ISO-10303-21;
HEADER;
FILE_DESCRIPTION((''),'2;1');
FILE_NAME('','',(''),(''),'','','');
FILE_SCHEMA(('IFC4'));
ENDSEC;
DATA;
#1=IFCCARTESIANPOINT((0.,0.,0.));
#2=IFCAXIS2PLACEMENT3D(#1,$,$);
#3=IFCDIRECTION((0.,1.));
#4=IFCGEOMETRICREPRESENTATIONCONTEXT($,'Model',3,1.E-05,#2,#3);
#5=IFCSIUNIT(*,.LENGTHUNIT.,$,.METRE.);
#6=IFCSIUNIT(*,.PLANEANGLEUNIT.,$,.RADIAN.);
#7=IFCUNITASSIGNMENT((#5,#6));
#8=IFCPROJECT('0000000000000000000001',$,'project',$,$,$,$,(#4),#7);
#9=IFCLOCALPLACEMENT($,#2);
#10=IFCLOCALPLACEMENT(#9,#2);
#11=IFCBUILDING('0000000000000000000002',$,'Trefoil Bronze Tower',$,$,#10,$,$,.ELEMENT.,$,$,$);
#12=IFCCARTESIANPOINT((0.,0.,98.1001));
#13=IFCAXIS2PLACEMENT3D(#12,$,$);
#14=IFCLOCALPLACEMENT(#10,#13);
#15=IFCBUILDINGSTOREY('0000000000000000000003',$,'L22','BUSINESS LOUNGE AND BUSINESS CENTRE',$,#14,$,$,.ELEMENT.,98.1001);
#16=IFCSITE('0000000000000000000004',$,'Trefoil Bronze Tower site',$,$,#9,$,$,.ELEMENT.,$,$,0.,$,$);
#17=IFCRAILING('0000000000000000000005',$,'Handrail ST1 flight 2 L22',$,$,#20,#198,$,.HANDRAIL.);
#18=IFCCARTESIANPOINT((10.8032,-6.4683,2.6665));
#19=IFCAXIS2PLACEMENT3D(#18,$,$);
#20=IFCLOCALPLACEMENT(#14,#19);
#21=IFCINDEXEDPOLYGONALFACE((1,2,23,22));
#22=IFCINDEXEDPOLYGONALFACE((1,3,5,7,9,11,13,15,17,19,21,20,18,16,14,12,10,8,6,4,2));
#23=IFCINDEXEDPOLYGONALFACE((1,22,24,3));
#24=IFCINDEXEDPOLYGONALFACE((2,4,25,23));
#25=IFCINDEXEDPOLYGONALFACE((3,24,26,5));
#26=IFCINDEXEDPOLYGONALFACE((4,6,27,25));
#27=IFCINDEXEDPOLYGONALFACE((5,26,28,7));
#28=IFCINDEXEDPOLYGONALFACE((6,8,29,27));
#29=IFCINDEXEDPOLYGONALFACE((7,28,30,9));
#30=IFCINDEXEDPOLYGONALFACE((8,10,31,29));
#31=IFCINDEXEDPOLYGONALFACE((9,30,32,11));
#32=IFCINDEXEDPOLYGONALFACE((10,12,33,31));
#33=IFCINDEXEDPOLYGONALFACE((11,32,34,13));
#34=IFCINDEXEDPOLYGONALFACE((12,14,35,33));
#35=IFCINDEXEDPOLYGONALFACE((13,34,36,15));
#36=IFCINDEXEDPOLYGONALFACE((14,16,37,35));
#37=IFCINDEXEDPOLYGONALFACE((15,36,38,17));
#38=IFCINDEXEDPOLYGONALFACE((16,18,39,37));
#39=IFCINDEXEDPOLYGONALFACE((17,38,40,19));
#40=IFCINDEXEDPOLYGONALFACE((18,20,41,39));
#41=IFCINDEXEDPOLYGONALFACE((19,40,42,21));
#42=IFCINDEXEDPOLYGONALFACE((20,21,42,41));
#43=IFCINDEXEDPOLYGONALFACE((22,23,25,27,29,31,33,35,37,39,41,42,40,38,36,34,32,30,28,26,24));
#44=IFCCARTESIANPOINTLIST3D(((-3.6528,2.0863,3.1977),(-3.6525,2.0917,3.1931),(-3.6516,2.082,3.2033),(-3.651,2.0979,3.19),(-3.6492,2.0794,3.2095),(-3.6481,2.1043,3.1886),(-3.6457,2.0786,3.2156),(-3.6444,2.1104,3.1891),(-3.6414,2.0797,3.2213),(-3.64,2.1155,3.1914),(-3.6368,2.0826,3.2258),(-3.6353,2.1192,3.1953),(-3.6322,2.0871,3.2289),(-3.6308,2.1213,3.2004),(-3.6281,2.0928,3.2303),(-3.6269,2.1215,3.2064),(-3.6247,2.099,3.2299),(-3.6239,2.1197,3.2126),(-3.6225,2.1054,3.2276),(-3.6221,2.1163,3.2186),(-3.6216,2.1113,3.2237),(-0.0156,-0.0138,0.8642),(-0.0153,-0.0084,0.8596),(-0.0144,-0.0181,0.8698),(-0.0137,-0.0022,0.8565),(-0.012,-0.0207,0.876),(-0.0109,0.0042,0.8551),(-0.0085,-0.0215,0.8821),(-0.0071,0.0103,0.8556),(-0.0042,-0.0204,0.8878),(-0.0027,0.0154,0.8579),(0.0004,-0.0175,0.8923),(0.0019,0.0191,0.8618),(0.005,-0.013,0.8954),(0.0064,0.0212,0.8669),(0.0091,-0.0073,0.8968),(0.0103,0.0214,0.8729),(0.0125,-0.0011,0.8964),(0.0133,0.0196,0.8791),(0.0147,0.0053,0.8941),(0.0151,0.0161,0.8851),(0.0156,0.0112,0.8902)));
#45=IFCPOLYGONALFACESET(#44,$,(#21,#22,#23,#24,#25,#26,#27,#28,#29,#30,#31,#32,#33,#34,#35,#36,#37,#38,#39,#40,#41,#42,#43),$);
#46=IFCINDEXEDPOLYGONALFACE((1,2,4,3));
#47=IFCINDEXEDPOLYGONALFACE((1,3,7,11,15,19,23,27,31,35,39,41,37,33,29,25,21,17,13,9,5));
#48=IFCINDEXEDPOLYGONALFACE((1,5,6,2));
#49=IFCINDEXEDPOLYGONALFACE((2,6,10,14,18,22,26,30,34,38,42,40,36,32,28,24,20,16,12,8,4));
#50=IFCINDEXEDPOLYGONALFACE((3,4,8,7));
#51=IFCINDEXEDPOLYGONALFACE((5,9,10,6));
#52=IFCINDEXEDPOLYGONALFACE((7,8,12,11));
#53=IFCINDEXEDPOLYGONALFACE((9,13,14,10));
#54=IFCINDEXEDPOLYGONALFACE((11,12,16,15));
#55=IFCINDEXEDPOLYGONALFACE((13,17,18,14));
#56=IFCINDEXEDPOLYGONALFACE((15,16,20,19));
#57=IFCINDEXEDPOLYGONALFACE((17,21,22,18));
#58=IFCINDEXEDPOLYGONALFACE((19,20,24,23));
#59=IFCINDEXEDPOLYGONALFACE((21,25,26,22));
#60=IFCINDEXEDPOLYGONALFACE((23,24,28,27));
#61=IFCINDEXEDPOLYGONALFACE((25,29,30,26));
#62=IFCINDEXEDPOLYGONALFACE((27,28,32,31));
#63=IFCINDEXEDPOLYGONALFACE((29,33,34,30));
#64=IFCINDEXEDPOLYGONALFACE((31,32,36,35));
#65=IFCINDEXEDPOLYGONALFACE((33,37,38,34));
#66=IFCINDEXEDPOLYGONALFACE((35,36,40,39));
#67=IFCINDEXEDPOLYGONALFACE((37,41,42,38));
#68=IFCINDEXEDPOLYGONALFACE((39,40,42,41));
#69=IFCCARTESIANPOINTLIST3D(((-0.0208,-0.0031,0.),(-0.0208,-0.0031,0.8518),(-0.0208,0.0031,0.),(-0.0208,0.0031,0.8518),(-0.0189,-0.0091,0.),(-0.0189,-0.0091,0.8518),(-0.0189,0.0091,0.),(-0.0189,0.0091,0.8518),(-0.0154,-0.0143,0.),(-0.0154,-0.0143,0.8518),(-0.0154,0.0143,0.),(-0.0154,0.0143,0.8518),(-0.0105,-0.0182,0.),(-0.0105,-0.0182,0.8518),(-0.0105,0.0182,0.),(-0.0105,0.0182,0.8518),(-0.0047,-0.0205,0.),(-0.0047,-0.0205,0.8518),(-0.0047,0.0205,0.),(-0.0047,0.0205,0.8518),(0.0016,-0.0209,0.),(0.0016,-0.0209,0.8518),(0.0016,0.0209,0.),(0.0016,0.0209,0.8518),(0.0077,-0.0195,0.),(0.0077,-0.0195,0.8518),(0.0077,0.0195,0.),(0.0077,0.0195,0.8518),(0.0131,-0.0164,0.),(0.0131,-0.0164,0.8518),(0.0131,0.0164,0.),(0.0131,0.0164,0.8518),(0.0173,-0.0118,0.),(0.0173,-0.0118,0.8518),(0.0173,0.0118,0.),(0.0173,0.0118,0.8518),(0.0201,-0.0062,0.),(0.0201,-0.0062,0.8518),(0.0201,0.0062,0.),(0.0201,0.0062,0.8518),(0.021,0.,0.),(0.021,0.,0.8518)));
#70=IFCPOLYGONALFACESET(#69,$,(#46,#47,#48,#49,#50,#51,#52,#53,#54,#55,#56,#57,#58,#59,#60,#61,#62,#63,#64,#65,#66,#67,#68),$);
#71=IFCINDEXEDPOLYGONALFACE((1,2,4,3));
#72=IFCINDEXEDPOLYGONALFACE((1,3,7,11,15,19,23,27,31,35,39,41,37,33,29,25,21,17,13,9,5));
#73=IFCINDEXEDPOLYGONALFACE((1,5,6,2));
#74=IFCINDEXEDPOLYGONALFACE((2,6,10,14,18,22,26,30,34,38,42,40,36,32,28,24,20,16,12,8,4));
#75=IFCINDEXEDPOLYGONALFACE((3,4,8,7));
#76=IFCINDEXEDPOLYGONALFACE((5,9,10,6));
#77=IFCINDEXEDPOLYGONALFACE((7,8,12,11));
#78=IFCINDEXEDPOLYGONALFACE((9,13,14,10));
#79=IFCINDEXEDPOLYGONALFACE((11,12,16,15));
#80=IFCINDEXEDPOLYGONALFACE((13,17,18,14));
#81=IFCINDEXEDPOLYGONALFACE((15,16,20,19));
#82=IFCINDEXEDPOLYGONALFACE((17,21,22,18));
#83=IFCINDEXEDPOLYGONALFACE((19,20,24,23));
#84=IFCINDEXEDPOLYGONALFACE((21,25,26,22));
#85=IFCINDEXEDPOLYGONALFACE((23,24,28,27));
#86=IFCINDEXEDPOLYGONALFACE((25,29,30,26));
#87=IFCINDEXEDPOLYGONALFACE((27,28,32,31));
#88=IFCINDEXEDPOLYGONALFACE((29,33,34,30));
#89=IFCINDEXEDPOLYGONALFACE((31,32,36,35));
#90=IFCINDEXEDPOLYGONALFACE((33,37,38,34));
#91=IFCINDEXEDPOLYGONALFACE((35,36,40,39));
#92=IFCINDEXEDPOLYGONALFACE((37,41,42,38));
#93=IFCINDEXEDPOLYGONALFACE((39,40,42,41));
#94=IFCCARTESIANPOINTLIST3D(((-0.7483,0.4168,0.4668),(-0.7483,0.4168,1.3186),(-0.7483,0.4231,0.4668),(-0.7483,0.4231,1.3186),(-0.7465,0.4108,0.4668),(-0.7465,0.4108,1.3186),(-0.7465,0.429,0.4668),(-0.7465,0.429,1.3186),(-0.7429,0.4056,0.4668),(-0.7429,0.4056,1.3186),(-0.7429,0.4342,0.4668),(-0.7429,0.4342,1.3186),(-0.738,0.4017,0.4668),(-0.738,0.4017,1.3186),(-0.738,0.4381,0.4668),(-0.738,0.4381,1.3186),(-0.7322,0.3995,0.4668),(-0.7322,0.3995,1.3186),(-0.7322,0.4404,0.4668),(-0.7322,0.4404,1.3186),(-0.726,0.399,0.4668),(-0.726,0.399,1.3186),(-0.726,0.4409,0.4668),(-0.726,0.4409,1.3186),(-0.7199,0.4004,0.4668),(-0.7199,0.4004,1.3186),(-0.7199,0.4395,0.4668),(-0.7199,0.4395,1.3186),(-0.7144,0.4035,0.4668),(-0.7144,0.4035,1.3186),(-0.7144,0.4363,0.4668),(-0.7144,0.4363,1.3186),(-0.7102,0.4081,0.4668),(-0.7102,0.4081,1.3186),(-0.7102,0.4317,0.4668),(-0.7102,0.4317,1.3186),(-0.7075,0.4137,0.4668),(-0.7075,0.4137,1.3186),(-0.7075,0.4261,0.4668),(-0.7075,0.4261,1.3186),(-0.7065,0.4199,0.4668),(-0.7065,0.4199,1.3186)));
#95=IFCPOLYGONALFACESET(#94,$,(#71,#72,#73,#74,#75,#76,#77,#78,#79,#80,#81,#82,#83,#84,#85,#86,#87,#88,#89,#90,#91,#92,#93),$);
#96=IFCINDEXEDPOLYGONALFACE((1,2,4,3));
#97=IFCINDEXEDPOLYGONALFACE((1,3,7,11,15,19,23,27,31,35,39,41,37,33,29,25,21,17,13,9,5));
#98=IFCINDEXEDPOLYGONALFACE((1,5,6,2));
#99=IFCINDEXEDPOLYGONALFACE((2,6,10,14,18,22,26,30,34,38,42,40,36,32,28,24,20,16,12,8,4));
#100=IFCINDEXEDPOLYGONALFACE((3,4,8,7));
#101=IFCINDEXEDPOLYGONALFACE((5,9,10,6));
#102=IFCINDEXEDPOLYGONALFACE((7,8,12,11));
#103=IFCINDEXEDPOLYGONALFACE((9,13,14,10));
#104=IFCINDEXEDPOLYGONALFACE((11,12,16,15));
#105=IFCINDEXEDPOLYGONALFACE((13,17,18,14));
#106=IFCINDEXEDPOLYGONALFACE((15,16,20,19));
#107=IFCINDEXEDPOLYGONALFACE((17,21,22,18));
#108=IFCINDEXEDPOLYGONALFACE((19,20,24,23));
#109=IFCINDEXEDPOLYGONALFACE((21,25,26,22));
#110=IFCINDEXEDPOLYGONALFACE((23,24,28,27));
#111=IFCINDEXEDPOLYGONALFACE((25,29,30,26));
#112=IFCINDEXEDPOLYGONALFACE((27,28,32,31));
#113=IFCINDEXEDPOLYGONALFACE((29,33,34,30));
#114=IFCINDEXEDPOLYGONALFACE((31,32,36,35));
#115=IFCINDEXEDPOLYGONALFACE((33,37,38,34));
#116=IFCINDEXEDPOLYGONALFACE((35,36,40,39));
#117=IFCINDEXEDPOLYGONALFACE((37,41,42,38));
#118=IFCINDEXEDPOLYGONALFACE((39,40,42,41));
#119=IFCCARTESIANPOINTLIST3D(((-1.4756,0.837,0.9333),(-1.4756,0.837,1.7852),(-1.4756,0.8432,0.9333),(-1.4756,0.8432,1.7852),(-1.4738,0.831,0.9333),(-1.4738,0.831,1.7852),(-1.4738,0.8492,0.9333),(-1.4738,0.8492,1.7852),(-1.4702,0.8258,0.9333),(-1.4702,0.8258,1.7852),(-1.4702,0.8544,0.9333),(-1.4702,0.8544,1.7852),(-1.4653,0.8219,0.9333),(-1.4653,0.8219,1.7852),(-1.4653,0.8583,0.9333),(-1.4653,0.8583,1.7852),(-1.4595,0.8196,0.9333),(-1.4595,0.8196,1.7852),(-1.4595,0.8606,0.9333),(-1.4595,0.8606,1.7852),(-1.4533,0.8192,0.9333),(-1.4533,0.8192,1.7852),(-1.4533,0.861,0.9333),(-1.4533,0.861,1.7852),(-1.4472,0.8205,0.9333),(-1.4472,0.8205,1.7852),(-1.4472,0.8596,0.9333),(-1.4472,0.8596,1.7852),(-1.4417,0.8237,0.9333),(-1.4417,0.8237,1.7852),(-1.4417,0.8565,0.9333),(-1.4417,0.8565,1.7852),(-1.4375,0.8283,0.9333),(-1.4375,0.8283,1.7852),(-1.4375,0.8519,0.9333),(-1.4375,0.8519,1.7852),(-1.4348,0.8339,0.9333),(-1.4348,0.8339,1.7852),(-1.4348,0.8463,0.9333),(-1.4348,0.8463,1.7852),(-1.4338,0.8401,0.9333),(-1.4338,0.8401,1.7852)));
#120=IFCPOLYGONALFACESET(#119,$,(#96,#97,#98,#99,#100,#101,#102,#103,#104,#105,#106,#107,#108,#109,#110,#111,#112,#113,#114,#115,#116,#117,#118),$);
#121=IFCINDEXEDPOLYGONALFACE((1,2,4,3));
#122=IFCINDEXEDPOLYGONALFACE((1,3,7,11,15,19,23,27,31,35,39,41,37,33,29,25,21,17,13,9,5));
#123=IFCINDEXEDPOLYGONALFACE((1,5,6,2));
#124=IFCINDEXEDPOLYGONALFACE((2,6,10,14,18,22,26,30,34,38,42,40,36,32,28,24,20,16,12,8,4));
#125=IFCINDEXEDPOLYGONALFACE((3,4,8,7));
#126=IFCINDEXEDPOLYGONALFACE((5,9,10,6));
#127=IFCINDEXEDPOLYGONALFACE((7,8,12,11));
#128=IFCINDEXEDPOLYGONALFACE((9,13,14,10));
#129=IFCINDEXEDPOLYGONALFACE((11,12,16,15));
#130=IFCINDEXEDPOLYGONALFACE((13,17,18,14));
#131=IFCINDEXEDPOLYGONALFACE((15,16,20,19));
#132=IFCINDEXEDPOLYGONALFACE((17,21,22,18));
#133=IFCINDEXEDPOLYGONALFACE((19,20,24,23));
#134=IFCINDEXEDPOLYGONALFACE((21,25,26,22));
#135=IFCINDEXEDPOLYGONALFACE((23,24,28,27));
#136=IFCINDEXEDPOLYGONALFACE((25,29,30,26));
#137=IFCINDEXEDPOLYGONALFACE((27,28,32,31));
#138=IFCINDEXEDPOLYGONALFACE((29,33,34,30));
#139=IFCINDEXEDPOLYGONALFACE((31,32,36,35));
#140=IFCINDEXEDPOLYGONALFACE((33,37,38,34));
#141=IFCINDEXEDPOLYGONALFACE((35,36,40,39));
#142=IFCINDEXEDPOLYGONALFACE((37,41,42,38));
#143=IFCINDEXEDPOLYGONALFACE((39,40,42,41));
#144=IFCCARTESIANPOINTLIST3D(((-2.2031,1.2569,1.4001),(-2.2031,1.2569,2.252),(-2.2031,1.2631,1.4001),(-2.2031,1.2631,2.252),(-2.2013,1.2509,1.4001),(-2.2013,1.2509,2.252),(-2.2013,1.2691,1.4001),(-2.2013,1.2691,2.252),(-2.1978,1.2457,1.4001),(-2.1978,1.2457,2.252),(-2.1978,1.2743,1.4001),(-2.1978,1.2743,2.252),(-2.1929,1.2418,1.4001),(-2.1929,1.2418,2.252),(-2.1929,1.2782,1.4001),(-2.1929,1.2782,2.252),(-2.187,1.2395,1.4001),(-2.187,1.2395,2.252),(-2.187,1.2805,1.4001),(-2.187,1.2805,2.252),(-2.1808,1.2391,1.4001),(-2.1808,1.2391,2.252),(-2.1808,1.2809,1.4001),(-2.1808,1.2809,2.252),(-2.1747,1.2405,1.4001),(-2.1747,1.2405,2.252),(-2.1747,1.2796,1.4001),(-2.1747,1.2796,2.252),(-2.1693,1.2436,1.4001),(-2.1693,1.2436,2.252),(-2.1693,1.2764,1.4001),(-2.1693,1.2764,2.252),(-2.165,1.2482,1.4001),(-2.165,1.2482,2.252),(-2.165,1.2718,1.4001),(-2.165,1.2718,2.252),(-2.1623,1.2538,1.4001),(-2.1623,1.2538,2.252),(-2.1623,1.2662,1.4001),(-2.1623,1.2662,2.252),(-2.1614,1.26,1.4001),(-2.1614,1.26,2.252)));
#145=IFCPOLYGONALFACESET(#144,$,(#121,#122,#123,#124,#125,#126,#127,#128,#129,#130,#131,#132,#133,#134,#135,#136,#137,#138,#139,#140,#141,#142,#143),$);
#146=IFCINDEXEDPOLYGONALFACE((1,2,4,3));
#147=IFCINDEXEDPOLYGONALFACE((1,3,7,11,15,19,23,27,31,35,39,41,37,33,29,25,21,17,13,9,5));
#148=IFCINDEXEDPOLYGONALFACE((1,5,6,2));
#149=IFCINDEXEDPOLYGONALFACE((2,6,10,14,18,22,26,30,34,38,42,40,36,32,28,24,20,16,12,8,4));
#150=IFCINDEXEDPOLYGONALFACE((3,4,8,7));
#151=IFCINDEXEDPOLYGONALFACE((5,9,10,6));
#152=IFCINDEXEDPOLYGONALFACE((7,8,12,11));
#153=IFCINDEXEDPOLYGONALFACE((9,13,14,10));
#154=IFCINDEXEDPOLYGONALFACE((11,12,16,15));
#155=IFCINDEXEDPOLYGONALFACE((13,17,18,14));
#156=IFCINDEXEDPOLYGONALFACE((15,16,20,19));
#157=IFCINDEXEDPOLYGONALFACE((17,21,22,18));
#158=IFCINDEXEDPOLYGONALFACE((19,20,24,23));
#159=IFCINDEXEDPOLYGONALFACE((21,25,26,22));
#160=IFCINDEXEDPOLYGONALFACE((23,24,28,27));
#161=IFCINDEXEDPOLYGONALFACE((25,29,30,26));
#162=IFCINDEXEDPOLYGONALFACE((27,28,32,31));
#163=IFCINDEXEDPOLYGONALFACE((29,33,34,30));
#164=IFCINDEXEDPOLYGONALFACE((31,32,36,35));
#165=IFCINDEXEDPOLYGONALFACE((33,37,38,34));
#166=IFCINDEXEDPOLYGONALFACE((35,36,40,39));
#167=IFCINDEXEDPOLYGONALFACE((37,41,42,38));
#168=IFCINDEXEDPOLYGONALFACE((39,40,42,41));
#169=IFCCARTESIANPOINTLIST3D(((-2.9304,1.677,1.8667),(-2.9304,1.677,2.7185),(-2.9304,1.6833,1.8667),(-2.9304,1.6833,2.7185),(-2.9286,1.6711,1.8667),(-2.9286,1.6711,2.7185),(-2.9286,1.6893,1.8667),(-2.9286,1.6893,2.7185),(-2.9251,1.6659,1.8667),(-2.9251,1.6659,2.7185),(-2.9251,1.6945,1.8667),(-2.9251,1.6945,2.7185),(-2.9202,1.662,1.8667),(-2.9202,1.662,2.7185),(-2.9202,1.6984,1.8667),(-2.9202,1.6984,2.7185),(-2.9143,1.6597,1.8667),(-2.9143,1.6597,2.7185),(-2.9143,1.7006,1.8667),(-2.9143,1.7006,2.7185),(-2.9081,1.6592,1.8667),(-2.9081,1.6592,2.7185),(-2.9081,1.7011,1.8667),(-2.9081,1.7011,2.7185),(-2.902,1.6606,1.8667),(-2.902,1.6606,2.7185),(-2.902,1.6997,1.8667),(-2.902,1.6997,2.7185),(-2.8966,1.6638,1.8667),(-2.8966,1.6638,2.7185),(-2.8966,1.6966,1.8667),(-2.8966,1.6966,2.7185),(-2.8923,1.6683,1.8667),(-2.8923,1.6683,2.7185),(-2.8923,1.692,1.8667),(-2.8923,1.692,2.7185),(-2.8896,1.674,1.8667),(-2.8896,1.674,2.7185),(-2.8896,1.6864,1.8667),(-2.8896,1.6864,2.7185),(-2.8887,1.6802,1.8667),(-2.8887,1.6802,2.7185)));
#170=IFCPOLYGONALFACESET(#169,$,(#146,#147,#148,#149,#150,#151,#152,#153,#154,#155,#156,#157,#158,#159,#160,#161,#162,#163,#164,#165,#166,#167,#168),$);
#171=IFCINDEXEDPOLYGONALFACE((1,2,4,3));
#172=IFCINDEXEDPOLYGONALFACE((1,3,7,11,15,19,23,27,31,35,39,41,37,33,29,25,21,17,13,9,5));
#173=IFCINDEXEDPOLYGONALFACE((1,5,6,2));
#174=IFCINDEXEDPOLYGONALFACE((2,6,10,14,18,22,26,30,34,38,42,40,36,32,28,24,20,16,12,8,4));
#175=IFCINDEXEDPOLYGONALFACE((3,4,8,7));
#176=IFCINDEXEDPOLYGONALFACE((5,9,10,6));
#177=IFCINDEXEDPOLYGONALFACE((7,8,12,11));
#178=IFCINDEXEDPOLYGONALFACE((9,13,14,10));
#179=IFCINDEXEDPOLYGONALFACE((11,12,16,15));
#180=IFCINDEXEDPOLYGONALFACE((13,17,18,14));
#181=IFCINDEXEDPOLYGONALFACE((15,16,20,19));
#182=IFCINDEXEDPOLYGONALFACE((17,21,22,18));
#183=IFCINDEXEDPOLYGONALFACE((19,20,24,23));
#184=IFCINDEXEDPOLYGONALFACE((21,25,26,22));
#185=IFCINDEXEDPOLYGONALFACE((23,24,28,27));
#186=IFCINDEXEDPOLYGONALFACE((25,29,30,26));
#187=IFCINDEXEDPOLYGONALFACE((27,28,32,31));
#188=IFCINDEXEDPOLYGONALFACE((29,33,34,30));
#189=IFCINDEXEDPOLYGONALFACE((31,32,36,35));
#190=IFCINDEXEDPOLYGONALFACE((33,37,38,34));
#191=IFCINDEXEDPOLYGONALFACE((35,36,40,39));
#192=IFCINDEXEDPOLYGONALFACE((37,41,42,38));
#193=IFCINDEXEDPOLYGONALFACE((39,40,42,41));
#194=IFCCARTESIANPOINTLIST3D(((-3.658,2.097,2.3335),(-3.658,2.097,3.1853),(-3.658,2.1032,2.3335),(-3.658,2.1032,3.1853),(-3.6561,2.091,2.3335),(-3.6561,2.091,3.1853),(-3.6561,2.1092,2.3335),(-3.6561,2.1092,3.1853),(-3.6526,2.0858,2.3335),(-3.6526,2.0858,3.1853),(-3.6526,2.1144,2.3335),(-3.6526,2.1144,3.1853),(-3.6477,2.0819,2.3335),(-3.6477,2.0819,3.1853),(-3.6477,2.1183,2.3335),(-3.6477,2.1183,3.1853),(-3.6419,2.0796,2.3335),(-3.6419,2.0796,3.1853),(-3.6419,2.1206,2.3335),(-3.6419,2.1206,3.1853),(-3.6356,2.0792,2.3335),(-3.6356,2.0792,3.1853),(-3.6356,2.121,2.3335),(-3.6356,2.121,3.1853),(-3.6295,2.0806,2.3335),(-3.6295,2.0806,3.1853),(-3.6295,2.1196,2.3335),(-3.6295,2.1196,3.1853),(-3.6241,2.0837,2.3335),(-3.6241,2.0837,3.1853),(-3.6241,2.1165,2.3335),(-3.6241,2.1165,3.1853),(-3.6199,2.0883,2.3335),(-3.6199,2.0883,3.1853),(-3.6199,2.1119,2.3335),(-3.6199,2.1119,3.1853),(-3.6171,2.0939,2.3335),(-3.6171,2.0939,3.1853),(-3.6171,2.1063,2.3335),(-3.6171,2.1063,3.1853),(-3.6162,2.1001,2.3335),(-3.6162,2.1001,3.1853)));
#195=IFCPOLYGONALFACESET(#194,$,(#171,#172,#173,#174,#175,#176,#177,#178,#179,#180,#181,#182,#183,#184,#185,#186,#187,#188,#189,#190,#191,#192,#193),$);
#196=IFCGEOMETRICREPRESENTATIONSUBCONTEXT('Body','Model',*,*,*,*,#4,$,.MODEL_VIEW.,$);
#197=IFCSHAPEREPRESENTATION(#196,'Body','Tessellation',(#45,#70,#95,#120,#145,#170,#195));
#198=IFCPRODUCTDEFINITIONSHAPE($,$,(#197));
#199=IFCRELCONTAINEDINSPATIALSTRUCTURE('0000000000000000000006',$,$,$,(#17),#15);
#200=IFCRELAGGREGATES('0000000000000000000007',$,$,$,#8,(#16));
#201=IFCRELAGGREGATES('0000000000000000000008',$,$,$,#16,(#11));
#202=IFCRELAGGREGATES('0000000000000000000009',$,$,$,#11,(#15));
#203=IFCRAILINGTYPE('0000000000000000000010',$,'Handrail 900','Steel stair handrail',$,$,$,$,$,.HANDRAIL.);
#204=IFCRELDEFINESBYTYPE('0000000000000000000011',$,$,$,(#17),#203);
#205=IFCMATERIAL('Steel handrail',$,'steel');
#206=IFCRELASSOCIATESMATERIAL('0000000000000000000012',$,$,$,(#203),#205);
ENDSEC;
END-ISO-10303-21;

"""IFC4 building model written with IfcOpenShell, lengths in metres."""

from ifc_helpers import new_model, si_unit, direction, frame, origin, origin_2d, place, context, subcontext, project, spatial, circle, extrude, material, type_object, element, save


model = new_model("IFC4")

# Units and contexts
model_context = context("Model", 3, precision=1e-05, world=origin(), true_north=direction((0.0, 1.0)))
body_context = subcontext(model_context, "Body", "Model", "MODEL_VIEW")
ifc_project = project(units=[si_unit("LENGTHUNIT", "METRE"), si_unit("PLANEANGLEUNIT", "RADIAN")], contexts=[model_context])

# Site, building, storey
site_placement = place(None, origin())
site = spatial("IfcSite", under=ifc_project, at=site_placement, Name="Trefoil Bronze Tower site", CompositionType="ELEMENT", RefElevation=0.0)
building_placement = place(site_placement, origin())
building = spatial("IfcBuilding", under=site, at=building_placement, Name="Trefoil Bronze Tower", CompositionType="ELEMENT")
storey_placement = place(building_placement, frame((0.0, 0.0, 98.1001)))
storey = spatial("IfcBuildingStorey", under=building, at=storey_placement, Name="L22", Description="BUSINESS LOUNGE AND BUSINESS CENTRE", CompositionType="ELEMENT", Elevation=98.1001)

# Railing
ifc_material_1 = material(Name="Steel handrail", Category="steel")
railing_type = type_object("IfcRailingType", Name="Handrail 900", Description="Steel stair handrail", PredefinedType="HANDRAIL", material=ifc_material_1)
railing_1_placement = place(storey_placement, frame((10.8032, -6.4683, 2.6665)))
element("IfcRailing", 1, at=railing_1_placement, inside=storey, type_object=railing_type, Name="Handrail ST1 flight 2 L22", PredefinedType="HANDRAIL", context=body_context, shape_type="SweptSolid", body=[
    extrude(circle(Radius=0.0239, at=origin_2d()), frame((0.0, 0.0, 0.876), z_axis=(-0.757014, 0.437095, 0.485672), x_axis=(-0.500028, -0.866009, 0.0)), (0.0, 0.0, 1.0), 4.8047),
    extrude(circle(Radius=0.021, at=origin_2d()), origin(), (0.0, 0.0, 1.0), 0.8518),
    extrude(circle(Radius=0.021, at=origin_2d()), frame((-0.7275, 0.4199, 0.4668)), (0.0, 0.0, 1.0), 0.8518),
    extrude(circle(Radius=0.021, at=origin_2d()), frame((-1.4548, 0.8401, 0.9333)), (0.0, 0.0, 1.0), 0.8518),
    extrude(circle(Radius=0.021, at=origin_2d()), frame((-2.1824, 1.26, 1.4001)), (0.0, 0.0, 1.0), 0.8518),
    extrude(circle(Radius=0.021, at=origin_2d()), frame((-2.9097, 1.6802, 1.8667)), (0.0, 0.0, 1.0), 0.8518),
    extrude(circle(Radius=0.021, at=origin_2d()), frame((-3.6372, 2.1001, 2.3335)), (0.0, 0.0, 1.0), 0.8518),
])

save(model, "model.ifc")
